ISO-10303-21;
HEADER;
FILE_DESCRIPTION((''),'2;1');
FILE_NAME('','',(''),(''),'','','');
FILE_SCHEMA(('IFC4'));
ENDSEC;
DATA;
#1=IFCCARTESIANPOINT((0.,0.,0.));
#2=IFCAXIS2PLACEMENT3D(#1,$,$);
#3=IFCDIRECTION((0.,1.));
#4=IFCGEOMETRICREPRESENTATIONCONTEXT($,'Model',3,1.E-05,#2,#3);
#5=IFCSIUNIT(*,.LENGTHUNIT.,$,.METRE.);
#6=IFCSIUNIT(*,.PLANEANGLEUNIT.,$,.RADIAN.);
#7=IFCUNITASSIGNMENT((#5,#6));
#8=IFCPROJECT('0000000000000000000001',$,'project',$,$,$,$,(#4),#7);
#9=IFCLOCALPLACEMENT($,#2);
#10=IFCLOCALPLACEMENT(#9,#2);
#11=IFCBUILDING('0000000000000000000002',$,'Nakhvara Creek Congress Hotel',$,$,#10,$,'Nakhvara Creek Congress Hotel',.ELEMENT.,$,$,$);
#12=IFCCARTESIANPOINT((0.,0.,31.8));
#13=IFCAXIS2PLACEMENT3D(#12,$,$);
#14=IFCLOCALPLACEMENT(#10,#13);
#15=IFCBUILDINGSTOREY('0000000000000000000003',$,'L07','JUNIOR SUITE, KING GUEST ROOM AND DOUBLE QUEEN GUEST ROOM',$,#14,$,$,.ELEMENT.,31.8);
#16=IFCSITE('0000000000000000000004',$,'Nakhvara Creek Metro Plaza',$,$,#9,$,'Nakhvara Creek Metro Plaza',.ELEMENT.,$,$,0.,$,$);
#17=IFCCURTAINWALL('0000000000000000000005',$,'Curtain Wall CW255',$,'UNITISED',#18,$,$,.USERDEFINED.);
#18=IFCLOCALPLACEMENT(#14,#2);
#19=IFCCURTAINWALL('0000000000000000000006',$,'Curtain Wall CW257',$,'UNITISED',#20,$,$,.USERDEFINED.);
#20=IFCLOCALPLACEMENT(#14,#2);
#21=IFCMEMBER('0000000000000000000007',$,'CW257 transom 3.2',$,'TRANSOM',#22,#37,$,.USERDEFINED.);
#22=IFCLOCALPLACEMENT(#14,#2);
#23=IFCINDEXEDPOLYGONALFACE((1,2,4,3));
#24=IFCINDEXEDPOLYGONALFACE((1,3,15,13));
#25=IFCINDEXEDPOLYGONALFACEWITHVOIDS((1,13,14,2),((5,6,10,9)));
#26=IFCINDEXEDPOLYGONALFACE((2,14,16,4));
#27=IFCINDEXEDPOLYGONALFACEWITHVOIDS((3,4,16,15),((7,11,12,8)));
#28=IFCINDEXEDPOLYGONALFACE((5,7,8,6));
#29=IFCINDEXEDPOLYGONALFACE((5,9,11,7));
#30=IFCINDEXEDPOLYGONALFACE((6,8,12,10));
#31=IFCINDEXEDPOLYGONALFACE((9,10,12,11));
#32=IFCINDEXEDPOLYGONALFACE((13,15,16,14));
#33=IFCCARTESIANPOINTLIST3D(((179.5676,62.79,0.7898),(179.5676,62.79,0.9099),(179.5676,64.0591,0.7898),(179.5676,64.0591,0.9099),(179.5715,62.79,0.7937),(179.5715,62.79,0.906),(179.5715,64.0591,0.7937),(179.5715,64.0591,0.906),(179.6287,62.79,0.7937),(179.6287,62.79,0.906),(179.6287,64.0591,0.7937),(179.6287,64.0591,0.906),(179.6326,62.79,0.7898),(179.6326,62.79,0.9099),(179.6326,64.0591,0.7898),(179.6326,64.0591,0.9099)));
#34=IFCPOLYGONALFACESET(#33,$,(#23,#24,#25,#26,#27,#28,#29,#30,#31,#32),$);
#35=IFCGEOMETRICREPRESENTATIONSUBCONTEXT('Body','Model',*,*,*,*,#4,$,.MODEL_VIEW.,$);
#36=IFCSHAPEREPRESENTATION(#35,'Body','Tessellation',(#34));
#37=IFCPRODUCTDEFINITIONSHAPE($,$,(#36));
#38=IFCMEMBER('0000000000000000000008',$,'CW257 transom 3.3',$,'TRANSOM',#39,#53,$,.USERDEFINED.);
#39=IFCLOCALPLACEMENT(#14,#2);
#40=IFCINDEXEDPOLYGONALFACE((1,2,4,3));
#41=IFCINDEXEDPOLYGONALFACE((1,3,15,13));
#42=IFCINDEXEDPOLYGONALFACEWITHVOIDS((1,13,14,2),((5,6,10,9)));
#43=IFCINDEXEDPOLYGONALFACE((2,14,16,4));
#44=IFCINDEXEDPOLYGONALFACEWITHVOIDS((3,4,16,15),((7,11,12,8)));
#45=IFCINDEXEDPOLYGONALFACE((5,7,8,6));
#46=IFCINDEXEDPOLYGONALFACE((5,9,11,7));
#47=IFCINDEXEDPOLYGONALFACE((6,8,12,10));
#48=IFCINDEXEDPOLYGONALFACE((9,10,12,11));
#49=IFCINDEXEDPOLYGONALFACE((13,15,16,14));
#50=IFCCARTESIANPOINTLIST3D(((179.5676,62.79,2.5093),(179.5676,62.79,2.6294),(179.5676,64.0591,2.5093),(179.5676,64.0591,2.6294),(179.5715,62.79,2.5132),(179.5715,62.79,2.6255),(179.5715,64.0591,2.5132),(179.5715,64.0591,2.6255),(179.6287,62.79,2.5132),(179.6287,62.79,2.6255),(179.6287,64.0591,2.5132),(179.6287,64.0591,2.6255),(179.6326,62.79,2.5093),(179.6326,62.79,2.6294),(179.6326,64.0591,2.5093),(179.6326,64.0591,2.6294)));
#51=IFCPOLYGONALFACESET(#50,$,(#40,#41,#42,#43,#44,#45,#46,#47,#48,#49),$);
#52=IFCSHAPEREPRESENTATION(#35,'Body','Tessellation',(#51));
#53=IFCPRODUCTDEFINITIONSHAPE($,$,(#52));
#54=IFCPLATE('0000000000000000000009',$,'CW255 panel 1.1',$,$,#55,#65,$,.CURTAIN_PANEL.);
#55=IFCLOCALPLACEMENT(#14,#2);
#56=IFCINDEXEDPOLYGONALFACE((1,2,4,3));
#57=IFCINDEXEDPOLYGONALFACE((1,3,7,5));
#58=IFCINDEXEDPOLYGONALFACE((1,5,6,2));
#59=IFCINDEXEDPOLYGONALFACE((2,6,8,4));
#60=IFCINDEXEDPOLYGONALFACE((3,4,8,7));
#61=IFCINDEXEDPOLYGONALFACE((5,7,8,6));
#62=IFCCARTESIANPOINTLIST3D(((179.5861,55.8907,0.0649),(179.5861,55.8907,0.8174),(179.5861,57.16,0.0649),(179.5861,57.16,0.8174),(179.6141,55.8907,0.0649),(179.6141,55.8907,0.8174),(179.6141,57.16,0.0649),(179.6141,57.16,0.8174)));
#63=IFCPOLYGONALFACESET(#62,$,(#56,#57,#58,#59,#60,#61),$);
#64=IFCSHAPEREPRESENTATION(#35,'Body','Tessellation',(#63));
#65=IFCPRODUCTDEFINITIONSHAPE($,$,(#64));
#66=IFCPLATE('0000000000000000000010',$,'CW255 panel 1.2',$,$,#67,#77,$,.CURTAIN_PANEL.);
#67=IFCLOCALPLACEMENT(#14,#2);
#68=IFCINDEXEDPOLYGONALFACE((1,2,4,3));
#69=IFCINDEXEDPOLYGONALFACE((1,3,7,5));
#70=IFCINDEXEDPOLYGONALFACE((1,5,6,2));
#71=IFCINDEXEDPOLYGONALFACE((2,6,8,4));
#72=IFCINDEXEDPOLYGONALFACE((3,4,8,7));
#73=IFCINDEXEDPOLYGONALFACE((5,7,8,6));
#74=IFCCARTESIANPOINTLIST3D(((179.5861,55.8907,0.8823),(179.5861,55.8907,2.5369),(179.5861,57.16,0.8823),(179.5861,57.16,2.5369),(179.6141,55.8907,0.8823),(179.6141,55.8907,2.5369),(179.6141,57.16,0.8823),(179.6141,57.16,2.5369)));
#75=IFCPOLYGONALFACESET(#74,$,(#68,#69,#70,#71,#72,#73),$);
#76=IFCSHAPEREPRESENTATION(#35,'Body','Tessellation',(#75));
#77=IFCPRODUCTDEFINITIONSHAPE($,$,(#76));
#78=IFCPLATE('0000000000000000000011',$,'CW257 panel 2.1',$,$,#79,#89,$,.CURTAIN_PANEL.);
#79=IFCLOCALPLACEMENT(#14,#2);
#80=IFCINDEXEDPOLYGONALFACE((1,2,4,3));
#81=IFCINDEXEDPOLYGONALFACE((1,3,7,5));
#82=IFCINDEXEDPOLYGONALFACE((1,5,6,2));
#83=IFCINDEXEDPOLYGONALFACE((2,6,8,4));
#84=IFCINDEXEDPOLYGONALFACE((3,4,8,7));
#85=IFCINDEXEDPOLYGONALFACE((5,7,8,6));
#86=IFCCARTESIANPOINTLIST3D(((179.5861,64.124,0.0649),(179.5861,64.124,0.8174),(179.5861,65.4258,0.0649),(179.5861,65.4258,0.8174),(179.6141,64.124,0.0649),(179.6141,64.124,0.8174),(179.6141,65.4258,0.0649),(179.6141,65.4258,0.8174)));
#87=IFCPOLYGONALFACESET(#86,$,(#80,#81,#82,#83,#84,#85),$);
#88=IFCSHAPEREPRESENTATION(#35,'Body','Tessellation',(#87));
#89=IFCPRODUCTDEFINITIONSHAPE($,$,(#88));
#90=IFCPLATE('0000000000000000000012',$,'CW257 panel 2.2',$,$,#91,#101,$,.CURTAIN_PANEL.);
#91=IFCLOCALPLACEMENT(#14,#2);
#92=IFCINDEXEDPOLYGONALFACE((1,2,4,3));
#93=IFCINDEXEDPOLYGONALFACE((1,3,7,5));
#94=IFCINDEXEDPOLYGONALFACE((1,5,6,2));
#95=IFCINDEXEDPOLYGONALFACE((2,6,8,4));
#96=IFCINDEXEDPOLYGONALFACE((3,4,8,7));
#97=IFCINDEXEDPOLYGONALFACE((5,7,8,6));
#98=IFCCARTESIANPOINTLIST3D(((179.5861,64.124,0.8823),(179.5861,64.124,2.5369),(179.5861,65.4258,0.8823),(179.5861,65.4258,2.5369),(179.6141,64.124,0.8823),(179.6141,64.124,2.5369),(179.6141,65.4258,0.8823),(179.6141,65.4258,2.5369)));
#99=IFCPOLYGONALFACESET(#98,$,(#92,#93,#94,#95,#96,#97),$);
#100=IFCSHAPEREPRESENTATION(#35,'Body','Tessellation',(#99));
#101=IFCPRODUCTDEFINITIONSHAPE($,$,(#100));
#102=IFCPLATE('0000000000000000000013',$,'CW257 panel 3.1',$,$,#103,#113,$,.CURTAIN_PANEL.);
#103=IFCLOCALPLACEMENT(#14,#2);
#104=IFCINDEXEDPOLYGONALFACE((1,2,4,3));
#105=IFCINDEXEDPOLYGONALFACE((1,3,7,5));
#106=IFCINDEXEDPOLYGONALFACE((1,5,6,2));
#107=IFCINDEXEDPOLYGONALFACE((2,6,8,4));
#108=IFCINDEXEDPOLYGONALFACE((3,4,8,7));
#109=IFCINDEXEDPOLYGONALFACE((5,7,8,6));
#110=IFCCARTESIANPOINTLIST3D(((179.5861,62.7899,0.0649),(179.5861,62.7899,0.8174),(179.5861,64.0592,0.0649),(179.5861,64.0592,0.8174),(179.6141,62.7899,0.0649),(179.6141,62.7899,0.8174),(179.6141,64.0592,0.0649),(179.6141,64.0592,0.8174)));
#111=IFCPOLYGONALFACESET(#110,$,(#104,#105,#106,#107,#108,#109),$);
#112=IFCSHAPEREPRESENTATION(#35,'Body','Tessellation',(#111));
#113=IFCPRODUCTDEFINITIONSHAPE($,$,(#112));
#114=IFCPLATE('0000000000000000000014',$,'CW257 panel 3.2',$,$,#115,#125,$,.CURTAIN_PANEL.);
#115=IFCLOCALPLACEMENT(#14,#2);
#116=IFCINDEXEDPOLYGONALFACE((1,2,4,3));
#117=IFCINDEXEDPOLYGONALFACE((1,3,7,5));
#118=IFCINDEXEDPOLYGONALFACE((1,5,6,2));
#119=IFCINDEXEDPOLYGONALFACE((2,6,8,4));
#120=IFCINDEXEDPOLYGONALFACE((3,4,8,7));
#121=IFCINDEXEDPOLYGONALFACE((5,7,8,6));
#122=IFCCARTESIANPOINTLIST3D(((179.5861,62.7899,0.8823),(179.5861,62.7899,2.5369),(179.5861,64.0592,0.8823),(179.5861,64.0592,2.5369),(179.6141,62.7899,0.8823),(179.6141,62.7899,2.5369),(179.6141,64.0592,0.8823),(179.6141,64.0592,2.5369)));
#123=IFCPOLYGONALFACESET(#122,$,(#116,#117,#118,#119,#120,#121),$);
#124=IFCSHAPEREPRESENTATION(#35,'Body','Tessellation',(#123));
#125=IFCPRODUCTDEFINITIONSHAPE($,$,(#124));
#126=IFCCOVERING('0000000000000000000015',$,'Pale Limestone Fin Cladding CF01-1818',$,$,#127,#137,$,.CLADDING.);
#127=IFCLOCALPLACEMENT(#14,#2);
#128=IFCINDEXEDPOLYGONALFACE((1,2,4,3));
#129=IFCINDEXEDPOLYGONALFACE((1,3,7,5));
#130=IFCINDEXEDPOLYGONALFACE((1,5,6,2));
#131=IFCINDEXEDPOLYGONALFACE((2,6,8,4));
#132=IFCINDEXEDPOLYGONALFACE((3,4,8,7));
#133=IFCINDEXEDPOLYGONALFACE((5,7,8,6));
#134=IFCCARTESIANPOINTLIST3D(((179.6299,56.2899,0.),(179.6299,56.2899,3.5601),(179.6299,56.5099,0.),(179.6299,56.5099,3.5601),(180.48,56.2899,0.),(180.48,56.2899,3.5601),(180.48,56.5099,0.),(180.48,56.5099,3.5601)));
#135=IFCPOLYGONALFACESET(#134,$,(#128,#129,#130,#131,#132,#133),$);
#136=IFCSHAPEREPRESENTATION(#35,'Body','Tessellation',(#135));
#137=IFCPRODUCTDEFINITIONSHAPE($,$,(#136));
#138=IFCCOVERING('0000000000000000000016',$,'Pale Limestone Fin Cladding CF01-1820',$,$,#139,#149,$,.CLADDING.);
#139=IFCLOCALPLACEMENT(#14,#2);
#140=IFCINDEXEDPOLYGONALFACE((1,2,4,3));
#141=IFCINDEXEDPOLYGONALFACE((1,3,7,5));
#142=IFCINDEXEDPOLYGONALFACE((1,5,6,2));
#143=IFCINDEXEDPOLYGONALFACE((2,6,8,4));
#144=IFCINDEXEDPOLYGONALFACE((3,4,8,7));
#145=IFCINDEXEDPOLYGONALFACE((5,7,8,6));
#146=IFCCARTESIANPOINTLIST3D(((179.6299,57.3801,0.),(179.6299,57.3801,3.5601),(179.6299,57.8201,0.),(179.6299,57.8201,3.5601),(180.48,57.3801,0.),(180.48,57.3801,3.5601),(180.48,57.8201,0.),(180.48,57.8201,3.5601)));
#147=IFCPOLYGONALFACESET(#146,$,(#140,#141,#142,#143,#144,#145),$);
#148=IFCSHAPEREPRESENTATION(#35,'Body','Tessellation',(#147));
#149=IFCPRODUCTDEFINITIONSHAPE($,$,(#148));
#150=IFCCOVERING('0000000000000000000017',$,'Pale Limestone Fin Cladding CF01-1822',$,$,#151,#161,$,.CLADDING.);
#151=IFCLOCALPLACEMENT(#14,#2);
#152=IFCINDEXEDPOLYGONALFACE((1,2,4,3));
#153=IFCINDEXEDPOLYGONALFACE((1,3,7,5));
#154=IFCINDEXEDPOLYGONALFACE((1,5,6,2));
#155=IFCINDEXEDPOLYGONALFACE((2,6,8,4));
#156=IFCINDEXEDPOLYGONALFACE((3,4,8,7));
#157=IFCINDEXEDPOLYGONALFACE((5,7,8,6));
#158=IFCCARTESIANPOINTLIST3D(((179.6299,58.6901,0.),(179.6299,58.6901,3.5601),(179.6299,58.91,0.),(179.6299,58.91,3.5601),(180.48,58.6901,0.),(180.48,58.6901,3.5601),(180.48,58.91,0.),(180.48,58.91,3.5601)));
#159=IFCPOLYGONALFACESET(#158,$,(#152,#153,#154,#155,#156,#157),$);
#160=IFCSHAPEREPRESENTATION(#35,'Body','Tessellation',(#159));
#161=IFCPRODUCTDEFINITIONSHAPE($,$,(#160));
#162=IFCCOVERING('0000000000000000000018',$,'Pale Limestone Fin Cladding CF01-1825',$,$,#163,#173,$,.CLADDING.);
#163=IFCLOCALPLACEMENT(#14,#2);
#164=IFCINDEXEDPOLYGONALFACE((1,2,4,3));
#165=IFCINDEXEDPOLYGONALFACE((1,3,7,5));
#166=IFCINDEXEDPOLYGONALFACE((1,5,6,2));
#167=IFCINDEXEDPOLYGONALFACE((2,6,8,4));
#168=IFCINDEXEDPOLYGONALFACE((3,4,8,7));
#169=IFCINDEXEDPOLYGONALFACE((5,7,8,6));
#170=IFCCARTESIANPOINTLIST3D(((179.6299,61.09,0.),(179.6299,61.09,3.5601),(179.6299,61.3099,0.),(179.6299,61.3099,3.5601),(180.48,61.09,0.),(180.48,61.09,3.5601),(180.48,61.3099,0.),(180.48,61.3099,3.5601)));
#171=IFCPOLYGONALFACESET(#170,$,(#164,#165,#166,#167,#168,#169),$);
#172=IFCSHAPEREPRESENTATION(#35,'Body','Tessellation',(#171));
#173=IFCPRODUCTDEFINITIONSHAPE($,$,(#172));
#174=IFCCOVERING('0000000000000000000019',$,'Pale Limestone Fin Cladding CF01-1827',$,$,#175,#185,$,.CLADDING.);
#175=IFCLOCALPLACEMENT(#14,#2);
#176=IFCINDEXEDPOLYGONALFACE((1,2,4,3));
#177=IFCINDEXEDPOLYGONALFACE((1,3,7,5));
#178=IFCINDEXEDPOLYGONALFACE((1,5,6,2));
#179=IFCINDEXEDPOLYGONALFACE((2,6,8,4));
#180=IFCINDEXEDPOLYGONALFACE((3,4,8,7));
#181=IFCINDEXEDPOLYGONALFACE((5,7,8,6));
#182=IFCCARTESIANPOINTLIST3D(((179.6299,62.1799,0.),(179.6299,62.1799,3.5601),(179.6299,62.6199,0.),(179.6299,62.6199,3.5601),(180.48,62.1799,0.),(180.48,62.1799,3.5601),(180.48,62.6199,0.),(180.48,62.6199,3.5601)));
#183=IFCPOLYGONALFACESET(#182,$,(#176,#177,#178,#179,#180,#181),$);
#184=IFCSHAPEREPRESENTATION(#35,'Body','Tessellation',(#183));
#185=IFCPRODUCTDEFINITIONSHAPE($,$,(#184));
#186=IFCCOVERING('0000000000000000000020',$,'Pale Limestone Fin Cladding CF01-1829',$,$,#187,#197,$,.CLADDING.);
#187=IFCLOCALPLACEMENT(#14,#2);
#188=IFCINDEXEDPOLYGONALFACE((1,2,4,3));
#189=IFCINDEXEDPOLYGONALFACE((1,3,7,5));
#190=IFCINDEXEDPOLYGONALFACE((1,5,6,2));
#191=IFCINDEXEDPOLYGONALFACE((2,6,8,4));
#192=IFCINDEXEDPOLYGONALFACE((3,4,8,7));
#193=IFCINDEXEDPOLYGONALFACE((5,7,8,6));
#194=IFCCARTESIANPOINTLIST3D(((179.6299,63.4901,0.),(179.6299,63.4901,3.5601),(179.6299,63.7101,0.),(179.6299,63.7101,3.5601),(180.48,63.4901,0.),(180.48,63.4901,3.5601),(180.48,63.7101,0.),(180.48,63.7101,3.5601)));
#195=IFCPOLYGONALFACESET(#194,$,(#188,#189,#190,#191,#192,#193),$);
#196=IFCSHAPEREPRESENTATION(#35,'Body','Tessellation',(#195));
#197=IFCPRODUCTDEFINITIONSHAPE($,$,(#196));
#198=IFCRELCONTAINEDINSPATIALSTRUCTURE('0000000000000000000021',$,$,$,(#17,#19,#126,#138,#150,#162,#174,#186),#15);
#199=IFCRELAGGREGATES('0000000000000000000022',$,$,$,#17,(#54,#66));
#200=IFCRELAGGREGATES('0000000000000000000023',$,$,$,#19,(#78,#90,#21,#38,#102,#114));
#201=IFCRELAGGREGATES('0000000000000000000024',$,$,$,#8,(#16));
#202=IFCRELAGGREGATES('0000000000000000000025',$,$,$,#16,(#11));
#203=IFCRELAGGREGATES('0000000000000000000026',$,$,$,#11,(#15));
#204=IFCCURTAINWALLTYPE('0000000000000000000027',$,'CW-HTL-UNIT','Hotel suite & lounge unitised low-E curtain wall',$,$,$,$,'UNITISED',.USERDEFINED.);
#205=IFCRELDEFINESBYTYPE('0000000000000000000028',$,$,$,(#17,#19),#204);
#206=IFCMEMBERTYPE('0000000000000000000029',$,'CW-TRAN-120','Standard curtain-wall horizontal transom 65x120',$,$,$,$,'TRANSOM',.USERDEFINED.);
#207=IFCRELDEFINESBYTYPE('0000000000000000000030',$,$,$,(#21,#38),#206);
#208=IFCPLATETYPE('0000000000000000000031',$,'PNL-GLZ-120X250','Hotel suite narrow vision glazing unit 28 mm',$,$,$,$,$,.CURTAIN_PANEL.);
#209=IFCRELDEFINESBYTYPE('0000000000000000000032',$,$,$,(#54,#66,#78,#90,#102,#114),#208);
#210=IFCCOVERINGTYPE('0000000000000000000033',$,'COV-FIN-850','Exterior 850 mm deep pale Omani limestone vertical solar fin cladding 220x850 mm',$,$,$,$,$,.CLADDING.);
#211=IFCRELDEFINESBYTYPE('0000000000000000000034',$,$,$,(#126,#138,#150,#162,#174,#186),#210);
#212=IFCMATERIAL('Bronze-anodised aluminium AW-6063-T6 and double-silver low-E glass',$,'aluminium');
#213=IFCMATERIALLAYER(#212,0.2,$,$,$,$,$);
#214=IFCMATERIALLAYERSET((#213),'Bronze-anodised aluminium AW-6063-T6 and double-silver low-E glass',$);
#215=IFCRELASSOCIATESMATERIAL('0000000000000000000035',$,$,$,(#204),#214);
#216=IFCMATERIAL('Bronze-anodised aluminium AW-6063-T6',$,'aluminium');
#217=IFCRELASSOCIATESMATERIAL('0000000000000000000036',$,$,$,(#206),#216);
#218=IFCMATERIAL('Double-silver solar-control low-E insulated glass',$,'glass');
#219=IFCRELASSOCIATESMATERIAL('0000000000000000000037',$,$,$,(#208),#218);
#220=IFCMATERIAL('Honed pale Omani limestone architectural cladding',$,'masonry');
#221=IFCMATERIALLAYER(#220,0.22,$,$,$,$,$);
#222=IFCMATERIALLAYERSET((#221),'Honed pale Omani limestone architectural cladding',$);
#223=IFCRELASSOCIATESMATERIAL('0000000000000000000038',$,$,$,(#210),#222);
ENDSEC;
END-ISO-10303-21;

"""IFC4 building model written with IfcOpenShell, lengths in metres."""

from ifc_helpers import new_model, si_unit, direction, frame, origin, origin_2d, place, context, subcontext, project, spatial, rectangle, hollow_rectangle, extrude, material, layer, layer_set, material_profile, profile_set, type_object, element, aggregate, save


model = new_model("IFC4")

# Units and contexts
model_context = context("Model", 3, precision=1e-05, world=origin(), true_north=direction((0.0, 1.0)))
body_context = subcontext(model_context, "Body", "Model", "MODEL_VIEW")
ifc_project = project(units=[si_unit("LENGTHUNIT", "METRE"), si_unit("PLANEANGLEUNIT", "RADIAN")], contexts=[model_context])

# Site, building, storey
site_placement = place(None, origin())
site = spatial("IfcSite", under=ifc_project, at=site_placement, Name="Nakhvara Creek Metro Plaza", LongName="Nakhvara Creek Metro Plaza", CompositionType="ELEMENT", RefElevation=0.0)
building_placement = place(site_placement, origin())
building = spatial("IfcBuilding", under=site, at=building_placement, Name="Nakhvara Creek Congress Hotel", LongName="Nakhvara Creek Congress Hotel", CompositionType="ELEMENT")
storey_placement = place(building_placement, frame((0.0, 0.0, 31.8)))
storey = spatial("IfcBuildingStorey", under=building, at=storey_placement, Name="L07", Description="JUNIOR SUITE, KING GUEST ROOM AND DOUBLE QUEEN GUEST ROOM", CompositionType="ELEMENT", Elevation=31.8)

# Curtain walls
ifc_material_1 = material(Name="Bronze-anodised aluminium AW-6063-T6 and double-silver low-E glass", Category="aluminium")
ifc_layer_1 = layer(ifc_material_1, 0.2)
ifc_layer_set_1 = layer_set([ifc_layer_1], Name="Bronze-anodised aluminium AW-6063-T6 and double-silver low-E glass")
curtain_wall_type = type_object("IfcCurtainWallType", Name="CW-HTL-UNIT", Description="Hotel suite & lounge unitised low-E curtain wall", ElementType="UNITISED", PredefinedType="USERDEFINED", material=ifc_layer_set_1)
curtain_wall_1_placement = place(storey_placement, origin())
curtain_wall_1 = element("IfcCurtainWall", 1, at=curtain_wall_1_placement, inside=storey, type_object=curtain_wall_type, Name="Curtain Wall CW255", ObjectType="UNITISED", PredefinedType="USERDEFINED")
ifc_material_2 = material(Name="Bronze-anodised aluminium AW-6063-T6", Category="aluminium")
curtain_wall_2_placement = place(storey_placement, origin())
curtain_wall_2 = element("IfcCurtainWall", 2, at=curtain_wall_2_placement, inside=storey, type_object=curtain_wall_type, Name="Curtain Wall CW257", ObjectType="UNITISED", PredefinedType="USERDEFINED")

# Members
ifc_material_profile_1 = material_profile(ifc_material_2, hollow_rectangle(XDim=0.0649, YDim=0.1201, WallThickness=0.0039, at=origin_2d()), Name="ALU-TRAN 65x120x4", Category="LoadBearing")
ifc_profile_set_1 = profile_set([ifc_material_profile_1], Name="Bronze-anodised aluminium AW-6063-T6")
member_type_1 = type_object("IfcMemberType", Name="CW-TRAN-120", Description="Standard curtain-wall horizontal transom 65x120", ElementType="TRANSOM", PredefinedType="USERDEFINED", material=ifc_profile_set_1)
member_1_placement = place(storey_placement, frame((179.6001, 64.0591, 0.8499), z_axis=(0.0, -1.0, 0.0), x_axis=(1.0, 0.0, 0.0)))
member_1 = element("IfcMember", 3, at=member_1_placement, type_object=member_type_1, Name="CW257 transom 3.2", ObjectType="TRANSOM", PredefinedType="USERDEFINED", context=body_context, shape_type="SweptSolid", body=[
    extrude(hollow_rectangle(XDim=0.0649, YDim=0.1201, WallThickness=0.0039, at=origin_2d()), origin(), (0.0, 0.0, 1.0), 1.269),
])
member_2_placement = place(storey_placement, frame((179.6001, 64.0591, 2.5693), z_axis=(0.0, -1.0, 0.0), x_axis=(1.0, 0.0, 0.0)))
member_2 = element("IfcMember", 4, at=member_2_placement, type_object=member_type_1, Name="CW257 transom 3.3", ObjectType="TRANSOM", PredefinedType="USERDEFINED", context=body_context, shape_type="SweptSolid", body=[
    extrude(hollow_rectangle(XDim=0.0649, YDim=0.1201, WallThickness=0.0039, at=origin_2d()), origin(), (0.0, 0.0, 1.0), 1.269),
])

# Plates
ifc_material_3 = material(Name="Double-silver solar-control low-E insulated glass", Category="glass")
plate_type = type_object("IfcPlateType", Name="PNL-GLZ-120X250", Description="Hotel suite narrow vision glazing unit 28 mm", PredefinedType="CURTAIN_PANEL", material=ifc_material_3)
plate_1_placement = place(storey_placement, frame((179.6001, 56.5254, 0.0649), z_axis=(0.0, 0.0, 1.0), x_axis=(0.0, -1.0, 0.0)))
plate_1 = element("IfcPlate", 5, at=plate_1_placement, type_object=plate_type, Name="CW255 panel 1.1", PredefinedType="CURTAIN_PANEL", context=body_context, shape_type="SweptSolid", body=[
    extrude(rectangle(XDim=1.2693, YDim=0.0281, at=origin_2d()), origin(), (0.0, 0.0, 1.0), 0.7524),
])
plate_2_placement = place(storey_placement, frame((179.6001, 56.5254, 0.8823), z_axis=(0.0, 0.0, 1.0), x_axis=(0.0, -1.0, 0.0)))
plate_2 = element("IfcPlate", 6, at=plate_2_placement, type_object=plate_type, Name="CW255 panel 1.2", PredefinedType="CURTAIN_PANEL", context=body_context, shape_type="SweptSolid", body=[
    extrude(rectangle(XDim=1.2693, YDim=0.0281, at=origin_2d()), origin(), (0.0, 0.0, 1.0), 1.6545),
])
aggregate(curtain_wall_1, [plate_1, plate_2])
plate_3_placement = place(storey_placement, frame((179.6001, 64.7749, 0.0649), z_axis=(0.0, 0.0, 1.0), x_axis=(0.0, -1.0, 0.0)))
plate_3 = element("IfcPlate", 7, at=plate_3_placement, type_object=plate_type, Name="CW257 panel 2.1", PredefinedType="CURTAIN_PANEL", context=body_context, shape_type="SweptSolid", body=[
    extrude(rectangle(XDim=1.3018, YDim=0.0281, at=origin_2d()), origin(), (0.0, 0.0, 1.0), 0.7524),
])
plate_4_placement = place(storey_placement, frame((179.6001, 64.7749, 0.8823), z_axis=(0.0, 0.0, 1.0), x_axis=(0.0, -1.0, 0.0)))
plate_4 = element("IfcPlate", 8, at=plate_4_placement, type_object=plate_type, Name="CW257 panel 2.2", PredefinedType="CURTAIN_PANEL", context=body_context, shape_type="SweptSolid", body=[
    extrude(rectangle(XDim=1.3018, YDim=0.0281, at=origin_2d()), origin(), (0.0, 0.0, 1.0), 1.6545),
])
plate_5_placement = place(storey_placement, frame((179.6001, 63.4246, 0.0649), z_axis=(0.0, 0.0, 1.0), x_axis=(0.0, -1.0, 0.0)))
plate_5 = element("IfcPlate", 9, at=plate_5_placement, type_object=plate_type, Name="CW257 panel 3.1", PredefinedType="CURTAIN_PANEL", context=body_context, shape_type="SweptSolid", body=[
    extrude(rectangle(XDim=1.2693, YDim=0.0281, at=origin_2d()), origin(), (0.0, 0.0, 1.0), 0.7524),
])
plate_6_placement = place(storey_placement, frame((179.6001, 63.4246, 0.8823), z_axis=(0.0, 0.0, 1.0), x_axis=(0.0, -1.0, 0.0)))
plate_6 = element("IfcPlate", 10, at=plate_6_placement, type_object=plate_type, Name="CW257 panel 3.2", PredefinedType="CURTAIN_PANEL", context=body_context, shape_type="SweptSolid", body=[
    extrude(rectangle(XDim=1.2693, YDim=0.0281, at=origin_2d()), origin(), (0.0, 0.0, 1.0), 1.6545),
])
aggregate(curtain_wall_2, [plate_3, plate_4, member_1, member_2, plate_5, plate_6])

# Coverings
ifc_material_4 = material(Name="Honed pale Omani limestone architectural cladding", Category="masonry")
ifc_layer_2 = layer(ifc_material_4, 0.22)
ifc_layer_set_2 = layer_set([ifc_layer_2], Name="Honed pale Omani limestone architectural cladding")
covering_type = type_object("IfcCoveringType", Name="COV-FIN-850", Description="Exterior 850 mm deep pale Omani limestone vertical solar fin cladding 220x850 mm", PredefinedType="CLADDING", material=ifc_layer_set_2)
covering_1_placement = place(storey_placement, frame((180.0549, 56.3999, 0.0), z_axis=(0.0, 0.0, 1.0), x_axis=(0.0, 1.0, 0.0)))
element("IfcCovering", 11, at=covering_1_placement, inside=storey, type_object=covering_type, Name="Pale Limestone Fin Cladding CF01-1818", PredefinedType="CLADDING", context=body_context, shape_type="SweptSolid", body=[
    extrude(rectangle(XDim=0.22, YDim=0.8501, at=origin_2d()), origin(), (0.0, 0.0, 1.0), 3.5601),
])
covering_2_placement = place(storey_placement, frame((180.0549, 57.6001, 0.0), z_axis=(0.0, 0.0, 1.0), x_axis=(0.0, 1.0, 0.0)))
element("IfcCovering", 12, at=covering_2_placement, inside=storey, type_object=covering_type, Name="Pale Limestone Fin Cladding CF01-1820", PredefinedType="CLADDING", context=body_context, shape_type="SweptSolid", body=[
    extrude(rectangle(XDim=0.4399, YDim=0.8501, at=origin_2d()), origin(), (0.0, 0.0, 1.0), 3.5601),
])
for number, where, z_axis, x_axis, name in (
    (13, (180.0549, 58.8, 0.0), (0.0, 0.0, 1.0), (0.0, 1.0, 0.0), "Pale Limestone Fin Cladding CF01-1822"),
    (14, (180.0549, 61.2, 0.0), (0.0, 0.0, 1.0), (0.0, 1.0, 0.0), "Pale Limestone Fin Cladding CF01-1825"),
):
    element("IfcCovering", number, at=place(storey_placement, frame(where, z_axis=z_axis, x_axis=x_axis)), inside=storey, type_object=covering_type, Name=name, PredefinedType="CLADDING", context=body_context, shape_type="SweptSolid", body=[
        extrude(rectangle(XDim=0.22, YDim=0.8501, at=origin_2d()), origin(), (0.0, 0.0, 1.0), 3.5601),
    ])
covering_3_placement = place(storey_placement, frame((180.0549, 62.3999, 0.0), z_axis=(0.0, 0.0, 1.0), x_axis=(0.0, 1.0, 0.0)))
element("IfcCovering", 15, at=covering_3_placement, inside=storey, type_object=covering_type, Name="Pale Limestone Fin Cladding CF01-1827", PredefinedType="CLADDING", context=body_context, shape_type="SweptSolid", body=[
    extrude(rectangle(XDim=0.4399, YDim=0.8501, at=origin_2d()), origin(), (0.0, 0.0, 1.0), 3.5601),
])
for number, where, z_axis, x_axis, name in (
    (16, (180.0549, 63.6001, 0.0), (0.0, 0.0, 1.0), (0.0, 1.0, 0.0), "Pale Limestone Fin Cladding CF01-1829"),
):
    element("IfcCovering", number, at=place(storey_placement, frame(where, z_axis=z_axis, x_axis=x_axis)), inside=storey, type_object=covering_type, Name=name, PredefinedType="CLADDING", context=body_context, shape_type="SweptSolid", body=[
        extrude(rectangle(XDim=0.22, YDim=0.8501, at=origin_2d()), origin(), (0.0, 0.0, 1.0), 3.5601),
    ])

save(model, "model.ifc")
